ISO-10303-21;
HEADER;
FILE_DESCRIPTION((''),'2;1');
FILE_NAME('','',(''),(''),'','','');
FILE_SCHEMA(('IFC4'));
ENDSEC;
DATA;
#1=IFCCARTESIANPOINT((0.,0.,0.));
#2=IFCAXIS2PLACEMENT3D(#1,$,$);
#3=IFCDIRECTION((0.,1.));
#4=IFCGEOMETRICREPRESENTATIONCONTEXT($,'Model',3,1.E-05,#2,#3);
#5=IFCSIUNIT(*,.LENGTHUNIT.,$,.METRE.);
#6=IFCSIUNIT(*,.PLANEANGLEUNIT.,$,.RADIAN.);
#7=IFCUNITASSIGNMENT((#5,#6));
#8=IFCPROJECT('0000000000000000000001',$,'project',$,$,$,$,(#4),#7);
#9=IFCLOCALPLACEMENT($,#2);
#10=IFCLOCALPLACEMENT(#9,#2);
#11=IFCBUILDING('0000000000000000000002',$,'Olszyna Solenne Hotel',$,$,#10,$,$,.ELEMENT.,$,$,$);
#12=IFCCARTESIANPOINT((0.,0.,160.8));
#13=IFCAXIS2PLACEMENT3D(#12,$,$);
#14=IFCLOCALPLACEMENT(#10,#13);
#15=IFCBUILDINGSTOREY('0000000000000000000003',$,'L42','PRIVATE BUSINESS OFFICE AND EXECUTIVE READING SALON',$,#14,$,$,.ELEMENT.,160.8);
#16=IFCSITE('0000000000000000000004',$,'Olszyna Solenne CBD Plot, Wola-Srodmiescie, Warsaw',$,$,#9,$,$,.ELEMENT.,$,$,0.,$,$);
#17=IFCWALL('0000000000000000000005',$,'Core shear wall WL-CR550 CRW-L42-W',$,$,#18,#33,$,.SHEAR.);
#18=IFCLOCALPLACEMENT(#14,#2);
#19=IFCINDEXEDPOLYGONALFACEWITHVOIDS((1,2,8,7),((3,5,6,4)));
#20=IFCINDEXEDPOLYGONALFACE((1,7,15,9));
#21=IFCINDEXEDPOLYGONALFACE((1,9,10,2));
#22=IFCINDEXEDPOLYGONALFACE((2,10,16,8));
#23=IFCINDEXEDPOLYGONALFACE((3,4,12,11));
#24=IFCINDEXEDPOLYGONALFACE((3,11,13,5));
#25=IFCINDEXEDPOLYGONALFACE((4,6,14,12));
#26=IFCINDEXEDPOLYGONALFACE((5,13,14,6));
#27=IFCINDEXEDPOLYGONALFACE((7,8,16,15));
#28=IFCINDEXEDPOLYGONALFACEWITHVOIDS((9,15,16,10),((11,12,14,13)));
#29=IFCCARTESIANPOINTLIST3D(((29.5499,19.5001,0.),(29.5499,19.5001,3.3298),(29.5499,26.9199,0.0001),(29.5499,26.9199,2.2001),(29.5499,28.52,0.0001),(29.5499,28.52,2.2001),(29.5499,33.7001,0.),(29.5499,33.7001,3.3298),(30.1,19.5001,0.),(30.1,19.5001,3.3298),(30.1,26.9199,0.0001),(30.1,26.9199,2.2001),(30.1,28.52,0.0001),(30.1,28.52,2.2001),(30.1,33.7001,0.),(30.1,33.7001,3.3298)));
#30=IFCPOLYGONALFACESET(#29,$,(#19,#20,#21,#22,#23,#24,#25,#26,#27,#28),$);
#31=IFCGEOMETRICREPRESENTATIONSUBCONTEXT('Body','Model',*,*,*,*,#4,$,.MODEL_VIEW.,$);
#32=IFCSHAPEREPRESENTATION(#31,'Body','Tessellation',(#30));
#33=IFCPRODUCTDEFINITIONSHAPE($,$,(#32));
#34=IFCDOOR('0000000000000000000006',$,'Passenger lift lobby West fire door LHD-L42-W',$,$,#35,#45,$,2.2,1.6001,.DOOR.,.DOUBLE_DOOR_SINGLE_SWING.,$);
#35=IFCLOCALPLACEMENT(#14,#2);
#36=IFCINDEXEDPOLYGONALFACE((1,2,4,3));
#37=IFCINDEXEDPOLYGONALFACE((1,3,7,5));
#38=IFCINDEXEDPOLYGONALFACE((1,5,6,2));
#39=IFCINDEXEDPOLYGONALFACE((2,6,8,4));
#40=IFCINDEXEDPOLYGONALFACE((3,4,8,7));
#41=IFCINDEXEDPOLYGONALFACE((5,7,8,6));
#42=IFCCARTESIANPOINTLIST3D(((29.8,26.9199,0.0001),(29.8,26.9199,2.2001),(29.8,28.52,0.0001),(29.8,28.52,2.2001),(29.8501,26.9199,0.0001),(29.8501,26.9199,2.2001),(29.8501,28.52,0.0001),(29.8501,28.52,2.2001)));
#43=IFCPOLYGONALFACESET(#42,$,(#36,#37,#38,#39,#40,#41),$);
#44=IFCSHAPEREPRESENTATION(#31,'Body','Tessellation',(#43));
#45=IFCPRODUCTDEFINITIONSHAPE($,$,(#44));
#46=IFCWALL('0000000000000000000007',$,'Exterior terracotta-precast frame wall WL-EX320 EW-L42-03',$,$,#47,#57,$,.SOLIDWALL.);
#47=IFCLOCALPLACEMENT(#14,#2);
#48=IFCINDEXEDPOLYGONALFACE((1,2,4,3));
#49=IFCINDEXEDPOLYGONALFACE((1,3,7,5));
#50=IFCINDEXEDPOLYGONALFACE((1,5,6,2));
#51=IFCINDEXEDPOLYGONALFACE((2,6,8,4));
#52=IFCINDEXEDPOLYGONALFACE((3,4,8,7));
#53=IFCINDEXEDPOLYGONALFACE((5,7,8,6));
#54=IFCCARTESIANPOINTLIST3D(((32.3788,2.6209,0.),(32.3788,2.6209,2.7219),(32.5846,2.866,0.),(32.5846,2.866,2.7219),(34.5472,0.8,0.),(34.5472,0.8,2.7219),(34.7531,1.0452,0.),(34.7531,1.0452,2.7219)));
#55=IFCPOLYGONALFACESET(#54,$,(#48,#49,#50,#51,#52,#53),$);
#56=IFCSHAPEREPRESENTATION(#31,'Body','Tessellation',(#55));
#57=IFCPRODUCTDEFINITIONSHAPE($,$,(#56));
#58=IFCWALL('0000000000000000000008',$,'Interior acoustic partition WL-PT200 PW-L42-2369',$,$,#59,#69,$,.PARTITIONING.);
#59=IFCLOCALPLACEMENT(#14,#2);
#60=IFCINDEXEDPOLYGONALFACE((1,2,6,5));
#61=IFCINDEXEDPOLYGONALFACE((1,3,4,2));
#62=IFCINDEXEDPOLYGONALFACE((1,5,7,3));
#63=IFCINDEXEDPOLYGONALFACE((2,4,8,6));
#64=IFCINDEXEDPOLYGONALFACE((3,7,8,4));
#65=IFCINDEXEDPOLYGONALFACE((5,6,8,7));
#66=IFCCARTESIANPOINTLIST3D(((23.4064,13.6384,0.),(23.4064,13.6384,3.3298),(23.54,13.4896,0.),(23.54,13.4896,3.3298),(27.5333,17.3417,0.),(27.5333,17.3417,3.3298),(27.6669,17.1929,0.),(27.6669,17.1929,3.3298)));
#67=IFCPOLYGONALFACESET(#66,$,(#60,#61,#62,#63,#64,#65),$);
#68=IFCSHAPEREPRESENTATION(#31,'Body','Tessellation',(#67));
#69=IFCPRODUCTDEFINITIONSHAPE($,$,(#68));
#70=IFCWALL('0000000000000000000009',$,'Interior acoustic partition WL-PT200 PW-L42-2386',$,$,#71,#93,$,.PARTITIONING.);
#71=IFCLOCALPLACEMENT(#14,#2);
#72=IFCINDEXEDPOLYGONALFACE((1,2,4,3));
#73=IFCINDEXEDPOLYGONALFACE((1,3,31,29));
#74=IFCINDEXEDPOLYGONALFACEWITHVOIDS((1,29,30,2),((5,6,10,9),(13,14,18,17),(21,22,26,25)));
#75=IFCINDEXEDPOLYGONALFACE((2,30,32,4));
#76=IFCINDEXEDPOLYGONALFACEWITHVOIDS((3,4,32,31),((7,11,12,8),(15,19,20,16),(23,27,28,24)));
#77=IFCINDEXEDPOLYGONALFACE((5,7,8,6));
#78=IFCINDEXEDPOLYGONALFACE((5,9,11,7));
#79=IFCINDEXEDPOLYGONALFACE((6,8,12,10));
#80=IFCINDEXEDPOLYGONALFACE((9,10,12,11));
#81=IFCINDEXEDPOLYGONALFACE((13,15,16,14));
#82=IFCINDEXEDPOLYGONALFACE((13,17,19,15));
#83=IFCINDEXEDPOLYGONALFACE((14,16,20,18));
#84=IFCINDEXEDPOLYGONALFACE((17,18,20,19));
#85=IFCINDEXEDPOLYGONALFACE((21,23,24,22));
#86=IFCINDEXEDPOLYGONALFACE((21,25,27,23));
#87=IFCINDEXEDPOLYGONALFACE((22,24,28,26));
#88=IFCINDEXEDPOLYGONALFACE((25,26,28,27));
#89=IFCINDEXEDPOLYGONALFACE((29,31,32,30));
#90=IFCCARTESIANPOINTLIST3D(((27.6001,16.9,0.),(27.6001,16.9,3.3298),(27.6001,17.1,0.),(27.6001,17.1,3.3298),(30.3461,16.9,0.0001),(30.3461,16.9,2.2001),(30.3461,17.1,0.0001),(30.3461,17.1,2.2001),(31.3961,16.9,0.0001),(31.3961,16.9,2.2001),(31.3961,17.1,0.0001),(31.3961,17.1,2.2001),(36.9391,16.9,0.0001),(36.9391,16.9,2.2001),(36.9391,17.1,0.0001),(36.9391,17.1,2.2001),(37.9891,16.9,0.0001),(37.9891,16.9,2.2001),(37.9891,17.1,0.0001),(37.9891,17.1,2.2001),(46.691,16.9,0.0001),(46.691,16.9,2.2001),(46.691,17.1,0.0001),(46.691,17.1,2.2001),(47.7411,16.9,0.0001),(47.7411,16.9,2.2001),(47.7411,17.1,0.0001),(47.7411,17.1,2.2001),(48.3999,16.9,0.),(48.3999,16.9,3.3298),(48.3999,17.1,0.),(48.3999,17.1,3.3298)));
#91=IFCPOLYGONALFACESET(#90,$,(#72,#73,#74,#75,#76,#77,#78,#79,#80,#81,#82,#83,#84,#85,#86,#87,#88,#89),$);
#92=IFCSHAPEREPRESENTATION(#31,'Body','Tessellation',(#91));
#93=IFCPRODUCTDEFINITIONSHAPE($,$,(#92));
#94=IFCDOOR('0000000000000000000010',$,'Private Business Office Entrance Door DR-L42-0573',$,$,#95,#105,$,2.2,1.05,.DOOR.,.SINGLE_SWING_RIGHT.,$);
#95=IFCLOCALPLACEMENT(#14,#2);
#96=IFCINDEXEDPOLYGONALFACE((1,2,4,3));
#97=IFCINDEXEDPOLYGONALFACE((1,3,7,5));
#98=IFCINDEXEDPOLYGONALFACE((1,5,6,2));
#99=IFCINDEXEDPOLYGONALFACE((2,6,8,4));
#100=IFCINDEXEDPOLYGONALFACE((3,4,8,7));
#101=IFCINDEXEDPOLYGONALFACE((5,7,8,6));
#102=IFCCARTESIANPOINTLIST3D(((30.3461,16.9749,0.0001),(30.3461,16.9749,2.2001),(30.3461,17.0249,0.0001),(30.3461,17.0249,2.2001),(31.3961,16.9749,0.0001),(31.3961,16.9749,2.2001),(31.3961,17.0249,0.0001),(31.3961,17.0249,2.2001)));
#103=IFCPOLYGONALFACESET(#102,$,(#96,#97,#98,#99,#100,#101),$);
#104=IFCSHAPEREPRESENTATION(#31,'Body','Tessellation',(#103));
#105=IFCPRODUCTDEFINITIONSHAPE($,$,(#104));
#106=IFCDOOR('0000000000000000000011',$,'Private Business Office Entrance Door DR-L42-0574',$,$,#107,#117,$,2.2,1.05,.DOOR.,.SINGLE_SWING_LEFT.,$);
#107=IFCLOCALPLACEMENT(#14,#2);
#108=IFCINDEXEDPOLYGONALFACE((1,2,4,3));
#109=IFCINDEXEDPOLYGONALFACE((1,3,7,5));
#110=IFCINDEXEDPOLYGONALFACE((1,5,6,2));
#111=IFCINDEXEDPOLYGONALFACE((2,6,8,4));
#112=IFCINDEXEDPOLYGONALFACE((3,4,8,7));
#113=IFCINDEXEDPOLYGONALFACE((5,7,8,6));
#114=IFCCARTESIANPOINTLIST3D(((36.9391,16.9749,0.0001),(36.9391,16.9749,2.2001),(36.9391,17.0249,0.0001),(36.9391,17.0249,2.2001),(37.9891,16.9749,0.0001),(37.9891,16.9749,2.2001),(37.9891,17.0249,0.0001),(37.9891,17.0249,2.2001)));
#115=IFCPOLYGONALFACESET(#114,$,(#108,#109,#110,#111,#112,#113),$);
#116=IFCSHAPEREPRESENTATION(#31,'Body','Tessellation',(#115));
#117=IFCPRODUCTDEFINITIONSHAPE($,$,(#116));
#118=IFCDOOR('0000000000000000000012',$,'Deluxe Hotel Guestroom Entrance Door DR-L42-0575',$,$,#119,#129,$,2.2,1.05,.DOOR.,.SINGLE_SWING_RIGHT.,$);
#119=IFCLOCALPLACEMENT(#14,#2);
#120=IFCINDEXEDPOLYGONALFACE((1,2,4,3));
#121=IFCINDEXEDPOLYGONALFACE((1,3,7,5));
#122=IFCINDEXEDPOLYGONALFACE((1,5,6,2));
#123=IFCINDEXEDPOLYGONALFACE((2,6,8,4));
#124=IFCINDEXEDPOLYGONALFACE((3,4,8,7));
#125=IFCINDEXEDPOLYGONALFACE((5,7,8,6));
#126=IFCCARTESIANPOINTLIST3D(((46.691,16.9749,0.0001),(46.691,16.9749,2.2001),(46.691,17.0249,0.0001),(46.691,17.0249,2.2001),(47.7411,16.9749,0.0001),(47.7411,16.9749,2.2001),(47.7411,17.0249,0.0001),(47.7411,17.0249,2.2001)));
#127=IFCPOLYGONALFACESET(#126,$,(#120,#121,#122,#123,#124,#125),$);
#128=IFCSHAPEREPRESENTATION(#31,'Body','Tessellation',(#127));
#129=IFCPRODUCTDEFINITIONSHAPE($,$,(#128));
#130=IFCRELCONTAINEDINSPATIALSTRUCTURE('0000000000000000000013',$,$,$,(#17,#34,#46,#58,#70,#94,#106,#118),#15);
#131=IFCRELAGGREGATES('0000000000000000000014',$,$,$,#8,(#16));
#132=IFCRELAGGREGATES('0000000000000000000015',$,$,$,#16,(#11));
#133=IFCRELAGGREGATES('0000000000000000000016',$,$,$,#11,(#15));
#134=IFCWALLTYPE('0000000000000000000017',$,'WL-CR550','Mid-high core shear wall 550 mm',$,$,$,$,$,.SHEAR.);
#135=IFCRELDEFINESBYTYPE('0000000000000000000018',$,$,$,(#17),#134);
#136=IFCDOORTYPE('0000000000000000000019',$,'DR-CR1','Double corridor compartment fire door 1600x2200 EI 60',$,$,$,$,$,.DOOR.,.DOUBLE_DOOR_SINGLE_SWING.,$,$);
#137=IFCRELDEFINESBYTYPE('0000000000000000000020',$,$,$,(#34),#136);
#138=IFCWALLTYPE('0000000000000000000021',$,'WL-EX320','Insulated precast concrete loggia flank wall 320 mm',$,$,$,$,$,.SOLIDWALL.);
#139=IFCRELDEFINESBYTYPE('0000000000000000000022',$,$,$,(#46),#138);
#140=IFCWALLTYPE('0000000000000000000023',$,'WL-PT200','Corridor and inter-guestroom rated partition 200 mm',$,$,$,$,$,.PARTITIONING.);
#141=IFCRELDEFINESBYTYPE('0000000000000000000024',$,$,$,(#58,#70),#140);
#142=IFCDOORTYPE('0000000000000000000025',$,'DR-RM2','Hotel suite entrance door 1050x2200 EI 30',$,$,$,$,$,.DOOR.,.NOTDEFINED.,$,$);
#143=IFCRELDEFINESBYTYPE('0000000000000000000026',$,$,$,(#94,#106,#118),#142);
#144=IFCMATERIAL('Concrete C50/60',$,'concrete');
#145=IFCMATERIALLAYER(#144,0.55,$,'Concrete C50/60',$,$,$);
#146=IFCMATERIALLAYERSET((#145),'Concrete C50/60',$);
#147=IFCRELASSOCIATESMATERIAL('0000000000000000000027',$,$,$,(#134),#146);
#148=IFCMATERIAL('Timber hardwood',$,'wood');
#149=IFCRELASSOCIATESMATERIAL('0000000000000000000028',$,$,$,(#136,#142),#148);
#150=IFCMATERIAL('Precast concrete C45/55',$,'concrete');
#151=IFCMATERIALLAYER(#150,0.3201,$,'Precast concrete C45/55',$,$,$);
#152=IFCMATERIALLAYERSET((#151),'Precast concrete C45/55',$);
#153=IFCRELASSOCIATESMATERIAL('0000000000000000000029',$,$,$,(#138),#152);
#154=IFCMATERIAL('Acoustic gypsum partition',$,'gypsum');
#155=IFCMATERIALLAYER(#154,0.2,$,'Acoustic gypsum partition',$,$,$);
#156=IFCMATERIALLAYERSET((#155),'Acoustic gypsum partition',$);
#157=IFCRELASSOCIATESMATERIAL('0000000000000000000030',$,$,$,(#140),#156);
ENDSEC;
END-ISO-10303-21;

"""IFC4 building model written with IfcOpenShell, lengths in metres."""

from ifc_helpers import new_model, si_unit, direction, frame, frame_2d, origin, place, context, subcontext, project, spatial, rectangle, extrude, source, transform, mapped, material, layer, layer_set, type_object, type_shapes, element, fill, save


model = new_model("IFC4")

# Units and contexts
model_context = context("Model", 3, precision=1e-05, world=origin(), true_north=direction((0.0, 1.0)))
body_context = subcontext(model_context, "Body", "Model", "MODEL_VIEW")
ifc_project = project(units=[si_unit("LENGTHUNIT", "METRE"), si_unit("PLANEANGLEUNIT", "RADIAN")], contexts=[model_context])

# Site, building, storey
site_placement = place(None, origin())
site = spatial("IfcSite", under=ifc_project, at=site_placement, Name="Olszyna Solenne CBD Plot, Wola-Srodmiescie, Warsaw", CompositionType="ELEMENT", RefElevation=0.0)
building_placement = place(site_placement, origin())
building = spatial("IfcBuilding", under=site, at=building_placement, Name="Olszyna Solenne Hotel", CompositionType="ELEMENT")
storey_placement = place(building_placement, frame((0.0, 0.0, 160.8)))
storey = spatial("IfcBuildingStorey", under=building, at=storey_placement, Name="L42", Description="PRIVATE BUSINESS OFFICE AND EXECUTIVE READING SALON", CompositionType="ELEMENT", Elevation=160.8)

# Wall, opening, door
ifc_material_1 = material(Name="Concrete C50/60", Category="concrete")
ifc_layer_1 = layer(ifc_material_1, 0.55, Name="Concrete C50/60")
ifc_layer_set_1 = layer_set([ifc_layer_1], Name="Concrete C50/60")
wall_type_1 = type_object("IfcWallType", Name="WL-CR550", Description="Mid-high core shear wall 550 mm", PredefinedType="SHEAR", material=ifc_layer_set_1)
wall_1_placement = place(storey_placement, frame((29.825, 19.5, 0.0), z_axis=(0.0, 0.0, 1.0), x_axis=(0.0, 1.0, 0.0)))
wall_1 = element("IfcWall", 1, at=wall_1_placement, inside=storey, type_object=wall_type_1, Name="Core shear wall WL-CR550 CRW-L42-W", PredefinedType="SHEAR", context=body_context, shape_type="SweptSolid", body=[
    extrude(rectangle(XDim=14.2, YDim=0.55, at=frame_2d((7.1001, 0.0))), origin(), (0.0, 0.0, 1.0), 3.3298),
])
opening_1_placement = place(wall_1_placement, frame((7.4199, 0.0, 0.0)))
opening_1 = element("IfcOpeningElement", 2, at=opening_1_placement, cuts=wall_1, PredefinedType="OPENING", context=body_context, shape_type="SweptSolid", body=[
    extrude(rectangle(XDim=1.6001, YDim=2.2, at=frame_2d((0.8, 1.1001))), frame((0.0, 0.2852, 0.0), z_axis=(0.0, -1.0, 0.0), x_axis=(1.0, 0.0, 0.0)), (0.0, 0.0, 1.0), 0.5701),
])
ifc_material_2 = material(Name="Timber hardwood", Category="wood")
door_type_1 = type_object("IfcDoorType", Name="DR-CR1", Description="Double corridor compartment fire door 1600x2200 EI 60", OperationType="DOUBLE_DOOR_SINGLE_SWING", PredefinedType="DOOR", material=ifc_material_2)
shared_shape_1 = source(origin(), body_context, "Body", "SweptSolid", [
    extrude(rectangle(XDim=1.6001, YDim=2.2, at=frame_2d((0.8, 1.1001))), frame((0.0, 0.0249, 0.0), z_axis=(0.0, -1.0, 0.0), x_axis=(1.0, 0.0, 0.0)), (0.0, 0.0, 1.0), 0.05),
])
type_shapes(door_type_1, [shared_shape_1])
door_1_placement = place(opening_1_placement, origin())
door_1 = element("IfcDoor", 3, at=door_1_placement, inside=storey, type_object=door_type_1, Name="Passenger lift lobby West fire door LHD-L42-W", OperationType="DOUBLE_DOOR_SINGLE_SWING", OverallHeight=2.2, OverallWidth=1.6001, PredefinedType="DOOR", context=body_context, shape_type="MappedRepresentation", body=[
    mapped(shared_shape_1, transform((0.0, 0.0, 0.0), x_axis=(1.0, 0.0, 0.0), y_axis=(0.0, 1.0, 0.0), z_axis=(0.0, 0.0, 1.0), scale=1.0)),
])
fill(opening_1, door_1)

# Walls
ifc_material_3 = material(Name="Precast concrete C45/55", Category="concrete")
ifc_layer_2 = layer(ifc_material_3, 0.3201, Name="Precast concrete C45/55")
ifc_layer_set_2 = layer_set([ifc_layer_2], Name="Precast concrete C45/55")
wall_type_2 = type_object("IfcWallType", Name="WL-EX320", Description="Insulated precast concrete loggia flank wall 320 mm", PredefinedType="SOLIDWALL", material=ifc_layer_set_2)
wall_2_placement = place(storey_placement, frame((34.6501, 0.9226, 0.0), z_axis=(0.0, 0.0, 1.0), x_axis=(-0.765827, 0.643046, 0.0)))
element("IfcWall", 4, at=wall_2_placement, inside=storey, type_object=wall_type_2, Name="Exterior terracotta-precast frame wall WL-EX320 EW-L42-03", PredefinedType="SOLIDWALL", context=body_context, shape_type="SweptSolid", body=[
    extrude(rectangle(XDim=2.8315, YDim=0.3201, at=frame_2d((1.4158, 0.0))), origin(), (0.0, 0.0, 1.0), 2.7219),
])
ifc_material_4 = material(Name="Acoustic gypsum partition", Category="gypsum")
ifc_layer_3 = layer(ifc_material_4, 0.2, Name="Acoustic gypsum partition")
ifc_layer_set_3 = layer_set([ifc_layer_3], Name="Acoustic gypsum partition")
wall_type_3 = type_object("IfcWallType", Name="WL-PT200", Description="Corridor and inter-guestroom rated partition 200 mm", PredefinedType="PARTITIONING", material=ifc_layer_set_3)
wall_3_placement = place(storey_placement, frame((27.6001, 17.2673, 0.0), z_axis=(0.0, 0.0, 1.0), x_axis=(-0.74427, -0.667879, 0.0)))
element("IfcWall", 5, at=wall_3_placement, inside=storey, type_object=wall_type_3, Name="Interior acoustic partition WL-PT200 PW-L42-2369", PredefinedType="PARTITIONING", context=body_context, shape_type="SweptSolid", body=[
    extrude(rectangle(XDim=5.5449, YDim=0.2, at=frame_2d((2.7725, 0.0))), origin(), (0.0, 0.0, 1.0), 3.3298),
])

# Wall, openings, doors
wall_4_placement = place(storey_placement, frame((27.6001, 17.0, 0.0), z_axis=(0.0, 0.0, 1.0), x_axis=(1.0, 0.0, 0.0)))
wall_4 = element("IfcWall", 6, at=wall_4_placement, inside=storey, type_object=wall_type_3, Name="Interior acoustic partition WL-PT200 PW-L42-2386", PredefinedType="PARTITIONING", context=body_context, shape_type="SweptSolid", body=[
    extrude(rectangle(XDim=20.7998, YDim=0.2, at=frame_2d((10.3999, 0.0))), origin(), (0.0, 0.0, 1.0), 3.3298),
])
opening_2_placement = place(wall_4_placement, frame((2.7461, 0.0, 0.0)))
opening_2 = element("IfcOpeningElement", 7, at=opening_2_placement, cuts=wall_4, PredefinedType="OPENING", context=body_context, shape_type="SweptSolid", body=[
    extrude(rectangle(XDim=1.05, YDim=2.2, at=frame_2d((0.5249, 1.1001))), frame((0.0, 0.1099, 0.0), z_axis=(0.0, -1.0, 0.0), x_axis=(1.0, 0.0, 0.0)), (0.0, 0.0, 1.0), 0.22),
])
opening_3_placement = place(wall_4_placement, frame((9.3391, 0.0, 0.0)))
opening_3 = element("IfcOpeningElement", 8, at=opening_3_placement, cuts=wall_4, PredefinedType="OPENING", context=body_context, shape_type="SweptSolid", body=[
    extrude(rectangle(XDim=1.05, YDim=2.2, at=frame_2d((0.5249, 1.1001))), frame((0.0, 0.1099, 0.0), z_axis=(0.0, -1.0, 0.0), x_axis=(1.0, 0.0, 0.0)), (0.0, 0.0, 1.0), 0.22),
])
opening_4_placement = place(wall_4_placement, frame((19.0911, 0.0, 0.0)))
opening_4 = element("IfcOpeningElement", 9, at=opening_4_placement, cuts=wall_4, PredefinedType="OPENING", context=body_context, shape_type="SweptSolid", body=[
    extrude(rectangle(XDim=1.05, YDim=2.2, at=frame_2d((0.5249, 1.1001))), frame((0.0, 0.1099, 0.0), z_axis=(0.0, -1.0, 0.0), x_axis=(1.0, 0.0, 0.0)), (0.0, 0.0, 1.0), 0.22),
])
door_type_2 = type_object("IfcDoorType", Name="DR-RM2", Description="Hotel suite entrance door 1050x2200 EI 30", OperationType="NOTDEFINED", PredefinedType="DOOR", material=ifc_material_2)
shared_shape_2 = source(origin(), body_context, "Body", "SweptSolid", [
    extrude(rectangle(XDim=1.05, YDim=2.2, at=frame_2d((0.5249, 1.1001))), frame((0.0, 0.0249, 0.0), z_axis=(0.0, -1.0, 0.0), x_axis=(1.0, 0.0, 0.0)), (0.0, 0.0, 1.0), 0.05),
])
type_shapes(door_type_2, [shared_shape_2])
door_2_placement = place(opening_2_placement, origin())
door_2 = element("IfcDoor", 10, at=door_2_placement, inside=storey, type_object=door_type_2, Name="Private Business Office Entrance Door DR-L42-0573", OperationType="SINGLE_SWING_RIGHT", OverallHeight=2.2, OverallWidth=1.05, PredefinedType="DOOR", context=body_context, shape_type="MappedRepresentation", body=[
    mapped(shared_shape_2, transform((0.0, 0.0, 0.0), x_axis=(1.0, 0.0, 0.0), y_axis=(0.0, 1.0, 0.0), z_axis=(0.0, 0.0, 1.0), scale=1.0)),
])
fill(opening_2, door_2)
door_3_placement = place(opening_3_placement, origin())
door_3 = element("IfcDoor", 11, at=door_3_placement, inside=storey, type_object=door_type_2, Name="Private Business Office Entrance Door DR-L42-0574", OperationType="SINGLE_SWING_LEFT", OverallHeight=2.2, OverallWidth=1.05, PredefinedType="DOOR", context=body_context, shape_type="MappedRepresentation", body=[
    mapped(shared_shape_2, transform((0.0, 0.0, 0.0), x_axis=(1.0, 0.0, 0.0), y_axis=(0.0, 1.0, 0.0), z_axis=(0.0, 0.0, 1.0), scale=1.0)),
])
fill(opening_3, door_3)
door_4_placement = place(opening_4_placement, origin())
door_4 = element("IfcDoor", 12, at=door_4_placement, inside=storey, type_object=door_type_2, Name="Deluxe Hotel Guestroom Entrance Door DR-L42-0575", OperationType="SINGLE_SWING_RIGHT", OverallHeight=2.2, OverallWidth=1.05, PredefinedType="DOOR", context=body_context, shape_type="MappedRepresentation", body=[
    mapped(shared_shape_2, transform((0.0, 0.0, 0.0), x_axis=(1.0, 0.0, 0.0), y_axis=(0.0, 1.0, 0.0), z_axis=(0.0, 0.0, 1.0), scale=1.0)),
])
fill(opening_4, door_4)

save(model, "model.ifc")
